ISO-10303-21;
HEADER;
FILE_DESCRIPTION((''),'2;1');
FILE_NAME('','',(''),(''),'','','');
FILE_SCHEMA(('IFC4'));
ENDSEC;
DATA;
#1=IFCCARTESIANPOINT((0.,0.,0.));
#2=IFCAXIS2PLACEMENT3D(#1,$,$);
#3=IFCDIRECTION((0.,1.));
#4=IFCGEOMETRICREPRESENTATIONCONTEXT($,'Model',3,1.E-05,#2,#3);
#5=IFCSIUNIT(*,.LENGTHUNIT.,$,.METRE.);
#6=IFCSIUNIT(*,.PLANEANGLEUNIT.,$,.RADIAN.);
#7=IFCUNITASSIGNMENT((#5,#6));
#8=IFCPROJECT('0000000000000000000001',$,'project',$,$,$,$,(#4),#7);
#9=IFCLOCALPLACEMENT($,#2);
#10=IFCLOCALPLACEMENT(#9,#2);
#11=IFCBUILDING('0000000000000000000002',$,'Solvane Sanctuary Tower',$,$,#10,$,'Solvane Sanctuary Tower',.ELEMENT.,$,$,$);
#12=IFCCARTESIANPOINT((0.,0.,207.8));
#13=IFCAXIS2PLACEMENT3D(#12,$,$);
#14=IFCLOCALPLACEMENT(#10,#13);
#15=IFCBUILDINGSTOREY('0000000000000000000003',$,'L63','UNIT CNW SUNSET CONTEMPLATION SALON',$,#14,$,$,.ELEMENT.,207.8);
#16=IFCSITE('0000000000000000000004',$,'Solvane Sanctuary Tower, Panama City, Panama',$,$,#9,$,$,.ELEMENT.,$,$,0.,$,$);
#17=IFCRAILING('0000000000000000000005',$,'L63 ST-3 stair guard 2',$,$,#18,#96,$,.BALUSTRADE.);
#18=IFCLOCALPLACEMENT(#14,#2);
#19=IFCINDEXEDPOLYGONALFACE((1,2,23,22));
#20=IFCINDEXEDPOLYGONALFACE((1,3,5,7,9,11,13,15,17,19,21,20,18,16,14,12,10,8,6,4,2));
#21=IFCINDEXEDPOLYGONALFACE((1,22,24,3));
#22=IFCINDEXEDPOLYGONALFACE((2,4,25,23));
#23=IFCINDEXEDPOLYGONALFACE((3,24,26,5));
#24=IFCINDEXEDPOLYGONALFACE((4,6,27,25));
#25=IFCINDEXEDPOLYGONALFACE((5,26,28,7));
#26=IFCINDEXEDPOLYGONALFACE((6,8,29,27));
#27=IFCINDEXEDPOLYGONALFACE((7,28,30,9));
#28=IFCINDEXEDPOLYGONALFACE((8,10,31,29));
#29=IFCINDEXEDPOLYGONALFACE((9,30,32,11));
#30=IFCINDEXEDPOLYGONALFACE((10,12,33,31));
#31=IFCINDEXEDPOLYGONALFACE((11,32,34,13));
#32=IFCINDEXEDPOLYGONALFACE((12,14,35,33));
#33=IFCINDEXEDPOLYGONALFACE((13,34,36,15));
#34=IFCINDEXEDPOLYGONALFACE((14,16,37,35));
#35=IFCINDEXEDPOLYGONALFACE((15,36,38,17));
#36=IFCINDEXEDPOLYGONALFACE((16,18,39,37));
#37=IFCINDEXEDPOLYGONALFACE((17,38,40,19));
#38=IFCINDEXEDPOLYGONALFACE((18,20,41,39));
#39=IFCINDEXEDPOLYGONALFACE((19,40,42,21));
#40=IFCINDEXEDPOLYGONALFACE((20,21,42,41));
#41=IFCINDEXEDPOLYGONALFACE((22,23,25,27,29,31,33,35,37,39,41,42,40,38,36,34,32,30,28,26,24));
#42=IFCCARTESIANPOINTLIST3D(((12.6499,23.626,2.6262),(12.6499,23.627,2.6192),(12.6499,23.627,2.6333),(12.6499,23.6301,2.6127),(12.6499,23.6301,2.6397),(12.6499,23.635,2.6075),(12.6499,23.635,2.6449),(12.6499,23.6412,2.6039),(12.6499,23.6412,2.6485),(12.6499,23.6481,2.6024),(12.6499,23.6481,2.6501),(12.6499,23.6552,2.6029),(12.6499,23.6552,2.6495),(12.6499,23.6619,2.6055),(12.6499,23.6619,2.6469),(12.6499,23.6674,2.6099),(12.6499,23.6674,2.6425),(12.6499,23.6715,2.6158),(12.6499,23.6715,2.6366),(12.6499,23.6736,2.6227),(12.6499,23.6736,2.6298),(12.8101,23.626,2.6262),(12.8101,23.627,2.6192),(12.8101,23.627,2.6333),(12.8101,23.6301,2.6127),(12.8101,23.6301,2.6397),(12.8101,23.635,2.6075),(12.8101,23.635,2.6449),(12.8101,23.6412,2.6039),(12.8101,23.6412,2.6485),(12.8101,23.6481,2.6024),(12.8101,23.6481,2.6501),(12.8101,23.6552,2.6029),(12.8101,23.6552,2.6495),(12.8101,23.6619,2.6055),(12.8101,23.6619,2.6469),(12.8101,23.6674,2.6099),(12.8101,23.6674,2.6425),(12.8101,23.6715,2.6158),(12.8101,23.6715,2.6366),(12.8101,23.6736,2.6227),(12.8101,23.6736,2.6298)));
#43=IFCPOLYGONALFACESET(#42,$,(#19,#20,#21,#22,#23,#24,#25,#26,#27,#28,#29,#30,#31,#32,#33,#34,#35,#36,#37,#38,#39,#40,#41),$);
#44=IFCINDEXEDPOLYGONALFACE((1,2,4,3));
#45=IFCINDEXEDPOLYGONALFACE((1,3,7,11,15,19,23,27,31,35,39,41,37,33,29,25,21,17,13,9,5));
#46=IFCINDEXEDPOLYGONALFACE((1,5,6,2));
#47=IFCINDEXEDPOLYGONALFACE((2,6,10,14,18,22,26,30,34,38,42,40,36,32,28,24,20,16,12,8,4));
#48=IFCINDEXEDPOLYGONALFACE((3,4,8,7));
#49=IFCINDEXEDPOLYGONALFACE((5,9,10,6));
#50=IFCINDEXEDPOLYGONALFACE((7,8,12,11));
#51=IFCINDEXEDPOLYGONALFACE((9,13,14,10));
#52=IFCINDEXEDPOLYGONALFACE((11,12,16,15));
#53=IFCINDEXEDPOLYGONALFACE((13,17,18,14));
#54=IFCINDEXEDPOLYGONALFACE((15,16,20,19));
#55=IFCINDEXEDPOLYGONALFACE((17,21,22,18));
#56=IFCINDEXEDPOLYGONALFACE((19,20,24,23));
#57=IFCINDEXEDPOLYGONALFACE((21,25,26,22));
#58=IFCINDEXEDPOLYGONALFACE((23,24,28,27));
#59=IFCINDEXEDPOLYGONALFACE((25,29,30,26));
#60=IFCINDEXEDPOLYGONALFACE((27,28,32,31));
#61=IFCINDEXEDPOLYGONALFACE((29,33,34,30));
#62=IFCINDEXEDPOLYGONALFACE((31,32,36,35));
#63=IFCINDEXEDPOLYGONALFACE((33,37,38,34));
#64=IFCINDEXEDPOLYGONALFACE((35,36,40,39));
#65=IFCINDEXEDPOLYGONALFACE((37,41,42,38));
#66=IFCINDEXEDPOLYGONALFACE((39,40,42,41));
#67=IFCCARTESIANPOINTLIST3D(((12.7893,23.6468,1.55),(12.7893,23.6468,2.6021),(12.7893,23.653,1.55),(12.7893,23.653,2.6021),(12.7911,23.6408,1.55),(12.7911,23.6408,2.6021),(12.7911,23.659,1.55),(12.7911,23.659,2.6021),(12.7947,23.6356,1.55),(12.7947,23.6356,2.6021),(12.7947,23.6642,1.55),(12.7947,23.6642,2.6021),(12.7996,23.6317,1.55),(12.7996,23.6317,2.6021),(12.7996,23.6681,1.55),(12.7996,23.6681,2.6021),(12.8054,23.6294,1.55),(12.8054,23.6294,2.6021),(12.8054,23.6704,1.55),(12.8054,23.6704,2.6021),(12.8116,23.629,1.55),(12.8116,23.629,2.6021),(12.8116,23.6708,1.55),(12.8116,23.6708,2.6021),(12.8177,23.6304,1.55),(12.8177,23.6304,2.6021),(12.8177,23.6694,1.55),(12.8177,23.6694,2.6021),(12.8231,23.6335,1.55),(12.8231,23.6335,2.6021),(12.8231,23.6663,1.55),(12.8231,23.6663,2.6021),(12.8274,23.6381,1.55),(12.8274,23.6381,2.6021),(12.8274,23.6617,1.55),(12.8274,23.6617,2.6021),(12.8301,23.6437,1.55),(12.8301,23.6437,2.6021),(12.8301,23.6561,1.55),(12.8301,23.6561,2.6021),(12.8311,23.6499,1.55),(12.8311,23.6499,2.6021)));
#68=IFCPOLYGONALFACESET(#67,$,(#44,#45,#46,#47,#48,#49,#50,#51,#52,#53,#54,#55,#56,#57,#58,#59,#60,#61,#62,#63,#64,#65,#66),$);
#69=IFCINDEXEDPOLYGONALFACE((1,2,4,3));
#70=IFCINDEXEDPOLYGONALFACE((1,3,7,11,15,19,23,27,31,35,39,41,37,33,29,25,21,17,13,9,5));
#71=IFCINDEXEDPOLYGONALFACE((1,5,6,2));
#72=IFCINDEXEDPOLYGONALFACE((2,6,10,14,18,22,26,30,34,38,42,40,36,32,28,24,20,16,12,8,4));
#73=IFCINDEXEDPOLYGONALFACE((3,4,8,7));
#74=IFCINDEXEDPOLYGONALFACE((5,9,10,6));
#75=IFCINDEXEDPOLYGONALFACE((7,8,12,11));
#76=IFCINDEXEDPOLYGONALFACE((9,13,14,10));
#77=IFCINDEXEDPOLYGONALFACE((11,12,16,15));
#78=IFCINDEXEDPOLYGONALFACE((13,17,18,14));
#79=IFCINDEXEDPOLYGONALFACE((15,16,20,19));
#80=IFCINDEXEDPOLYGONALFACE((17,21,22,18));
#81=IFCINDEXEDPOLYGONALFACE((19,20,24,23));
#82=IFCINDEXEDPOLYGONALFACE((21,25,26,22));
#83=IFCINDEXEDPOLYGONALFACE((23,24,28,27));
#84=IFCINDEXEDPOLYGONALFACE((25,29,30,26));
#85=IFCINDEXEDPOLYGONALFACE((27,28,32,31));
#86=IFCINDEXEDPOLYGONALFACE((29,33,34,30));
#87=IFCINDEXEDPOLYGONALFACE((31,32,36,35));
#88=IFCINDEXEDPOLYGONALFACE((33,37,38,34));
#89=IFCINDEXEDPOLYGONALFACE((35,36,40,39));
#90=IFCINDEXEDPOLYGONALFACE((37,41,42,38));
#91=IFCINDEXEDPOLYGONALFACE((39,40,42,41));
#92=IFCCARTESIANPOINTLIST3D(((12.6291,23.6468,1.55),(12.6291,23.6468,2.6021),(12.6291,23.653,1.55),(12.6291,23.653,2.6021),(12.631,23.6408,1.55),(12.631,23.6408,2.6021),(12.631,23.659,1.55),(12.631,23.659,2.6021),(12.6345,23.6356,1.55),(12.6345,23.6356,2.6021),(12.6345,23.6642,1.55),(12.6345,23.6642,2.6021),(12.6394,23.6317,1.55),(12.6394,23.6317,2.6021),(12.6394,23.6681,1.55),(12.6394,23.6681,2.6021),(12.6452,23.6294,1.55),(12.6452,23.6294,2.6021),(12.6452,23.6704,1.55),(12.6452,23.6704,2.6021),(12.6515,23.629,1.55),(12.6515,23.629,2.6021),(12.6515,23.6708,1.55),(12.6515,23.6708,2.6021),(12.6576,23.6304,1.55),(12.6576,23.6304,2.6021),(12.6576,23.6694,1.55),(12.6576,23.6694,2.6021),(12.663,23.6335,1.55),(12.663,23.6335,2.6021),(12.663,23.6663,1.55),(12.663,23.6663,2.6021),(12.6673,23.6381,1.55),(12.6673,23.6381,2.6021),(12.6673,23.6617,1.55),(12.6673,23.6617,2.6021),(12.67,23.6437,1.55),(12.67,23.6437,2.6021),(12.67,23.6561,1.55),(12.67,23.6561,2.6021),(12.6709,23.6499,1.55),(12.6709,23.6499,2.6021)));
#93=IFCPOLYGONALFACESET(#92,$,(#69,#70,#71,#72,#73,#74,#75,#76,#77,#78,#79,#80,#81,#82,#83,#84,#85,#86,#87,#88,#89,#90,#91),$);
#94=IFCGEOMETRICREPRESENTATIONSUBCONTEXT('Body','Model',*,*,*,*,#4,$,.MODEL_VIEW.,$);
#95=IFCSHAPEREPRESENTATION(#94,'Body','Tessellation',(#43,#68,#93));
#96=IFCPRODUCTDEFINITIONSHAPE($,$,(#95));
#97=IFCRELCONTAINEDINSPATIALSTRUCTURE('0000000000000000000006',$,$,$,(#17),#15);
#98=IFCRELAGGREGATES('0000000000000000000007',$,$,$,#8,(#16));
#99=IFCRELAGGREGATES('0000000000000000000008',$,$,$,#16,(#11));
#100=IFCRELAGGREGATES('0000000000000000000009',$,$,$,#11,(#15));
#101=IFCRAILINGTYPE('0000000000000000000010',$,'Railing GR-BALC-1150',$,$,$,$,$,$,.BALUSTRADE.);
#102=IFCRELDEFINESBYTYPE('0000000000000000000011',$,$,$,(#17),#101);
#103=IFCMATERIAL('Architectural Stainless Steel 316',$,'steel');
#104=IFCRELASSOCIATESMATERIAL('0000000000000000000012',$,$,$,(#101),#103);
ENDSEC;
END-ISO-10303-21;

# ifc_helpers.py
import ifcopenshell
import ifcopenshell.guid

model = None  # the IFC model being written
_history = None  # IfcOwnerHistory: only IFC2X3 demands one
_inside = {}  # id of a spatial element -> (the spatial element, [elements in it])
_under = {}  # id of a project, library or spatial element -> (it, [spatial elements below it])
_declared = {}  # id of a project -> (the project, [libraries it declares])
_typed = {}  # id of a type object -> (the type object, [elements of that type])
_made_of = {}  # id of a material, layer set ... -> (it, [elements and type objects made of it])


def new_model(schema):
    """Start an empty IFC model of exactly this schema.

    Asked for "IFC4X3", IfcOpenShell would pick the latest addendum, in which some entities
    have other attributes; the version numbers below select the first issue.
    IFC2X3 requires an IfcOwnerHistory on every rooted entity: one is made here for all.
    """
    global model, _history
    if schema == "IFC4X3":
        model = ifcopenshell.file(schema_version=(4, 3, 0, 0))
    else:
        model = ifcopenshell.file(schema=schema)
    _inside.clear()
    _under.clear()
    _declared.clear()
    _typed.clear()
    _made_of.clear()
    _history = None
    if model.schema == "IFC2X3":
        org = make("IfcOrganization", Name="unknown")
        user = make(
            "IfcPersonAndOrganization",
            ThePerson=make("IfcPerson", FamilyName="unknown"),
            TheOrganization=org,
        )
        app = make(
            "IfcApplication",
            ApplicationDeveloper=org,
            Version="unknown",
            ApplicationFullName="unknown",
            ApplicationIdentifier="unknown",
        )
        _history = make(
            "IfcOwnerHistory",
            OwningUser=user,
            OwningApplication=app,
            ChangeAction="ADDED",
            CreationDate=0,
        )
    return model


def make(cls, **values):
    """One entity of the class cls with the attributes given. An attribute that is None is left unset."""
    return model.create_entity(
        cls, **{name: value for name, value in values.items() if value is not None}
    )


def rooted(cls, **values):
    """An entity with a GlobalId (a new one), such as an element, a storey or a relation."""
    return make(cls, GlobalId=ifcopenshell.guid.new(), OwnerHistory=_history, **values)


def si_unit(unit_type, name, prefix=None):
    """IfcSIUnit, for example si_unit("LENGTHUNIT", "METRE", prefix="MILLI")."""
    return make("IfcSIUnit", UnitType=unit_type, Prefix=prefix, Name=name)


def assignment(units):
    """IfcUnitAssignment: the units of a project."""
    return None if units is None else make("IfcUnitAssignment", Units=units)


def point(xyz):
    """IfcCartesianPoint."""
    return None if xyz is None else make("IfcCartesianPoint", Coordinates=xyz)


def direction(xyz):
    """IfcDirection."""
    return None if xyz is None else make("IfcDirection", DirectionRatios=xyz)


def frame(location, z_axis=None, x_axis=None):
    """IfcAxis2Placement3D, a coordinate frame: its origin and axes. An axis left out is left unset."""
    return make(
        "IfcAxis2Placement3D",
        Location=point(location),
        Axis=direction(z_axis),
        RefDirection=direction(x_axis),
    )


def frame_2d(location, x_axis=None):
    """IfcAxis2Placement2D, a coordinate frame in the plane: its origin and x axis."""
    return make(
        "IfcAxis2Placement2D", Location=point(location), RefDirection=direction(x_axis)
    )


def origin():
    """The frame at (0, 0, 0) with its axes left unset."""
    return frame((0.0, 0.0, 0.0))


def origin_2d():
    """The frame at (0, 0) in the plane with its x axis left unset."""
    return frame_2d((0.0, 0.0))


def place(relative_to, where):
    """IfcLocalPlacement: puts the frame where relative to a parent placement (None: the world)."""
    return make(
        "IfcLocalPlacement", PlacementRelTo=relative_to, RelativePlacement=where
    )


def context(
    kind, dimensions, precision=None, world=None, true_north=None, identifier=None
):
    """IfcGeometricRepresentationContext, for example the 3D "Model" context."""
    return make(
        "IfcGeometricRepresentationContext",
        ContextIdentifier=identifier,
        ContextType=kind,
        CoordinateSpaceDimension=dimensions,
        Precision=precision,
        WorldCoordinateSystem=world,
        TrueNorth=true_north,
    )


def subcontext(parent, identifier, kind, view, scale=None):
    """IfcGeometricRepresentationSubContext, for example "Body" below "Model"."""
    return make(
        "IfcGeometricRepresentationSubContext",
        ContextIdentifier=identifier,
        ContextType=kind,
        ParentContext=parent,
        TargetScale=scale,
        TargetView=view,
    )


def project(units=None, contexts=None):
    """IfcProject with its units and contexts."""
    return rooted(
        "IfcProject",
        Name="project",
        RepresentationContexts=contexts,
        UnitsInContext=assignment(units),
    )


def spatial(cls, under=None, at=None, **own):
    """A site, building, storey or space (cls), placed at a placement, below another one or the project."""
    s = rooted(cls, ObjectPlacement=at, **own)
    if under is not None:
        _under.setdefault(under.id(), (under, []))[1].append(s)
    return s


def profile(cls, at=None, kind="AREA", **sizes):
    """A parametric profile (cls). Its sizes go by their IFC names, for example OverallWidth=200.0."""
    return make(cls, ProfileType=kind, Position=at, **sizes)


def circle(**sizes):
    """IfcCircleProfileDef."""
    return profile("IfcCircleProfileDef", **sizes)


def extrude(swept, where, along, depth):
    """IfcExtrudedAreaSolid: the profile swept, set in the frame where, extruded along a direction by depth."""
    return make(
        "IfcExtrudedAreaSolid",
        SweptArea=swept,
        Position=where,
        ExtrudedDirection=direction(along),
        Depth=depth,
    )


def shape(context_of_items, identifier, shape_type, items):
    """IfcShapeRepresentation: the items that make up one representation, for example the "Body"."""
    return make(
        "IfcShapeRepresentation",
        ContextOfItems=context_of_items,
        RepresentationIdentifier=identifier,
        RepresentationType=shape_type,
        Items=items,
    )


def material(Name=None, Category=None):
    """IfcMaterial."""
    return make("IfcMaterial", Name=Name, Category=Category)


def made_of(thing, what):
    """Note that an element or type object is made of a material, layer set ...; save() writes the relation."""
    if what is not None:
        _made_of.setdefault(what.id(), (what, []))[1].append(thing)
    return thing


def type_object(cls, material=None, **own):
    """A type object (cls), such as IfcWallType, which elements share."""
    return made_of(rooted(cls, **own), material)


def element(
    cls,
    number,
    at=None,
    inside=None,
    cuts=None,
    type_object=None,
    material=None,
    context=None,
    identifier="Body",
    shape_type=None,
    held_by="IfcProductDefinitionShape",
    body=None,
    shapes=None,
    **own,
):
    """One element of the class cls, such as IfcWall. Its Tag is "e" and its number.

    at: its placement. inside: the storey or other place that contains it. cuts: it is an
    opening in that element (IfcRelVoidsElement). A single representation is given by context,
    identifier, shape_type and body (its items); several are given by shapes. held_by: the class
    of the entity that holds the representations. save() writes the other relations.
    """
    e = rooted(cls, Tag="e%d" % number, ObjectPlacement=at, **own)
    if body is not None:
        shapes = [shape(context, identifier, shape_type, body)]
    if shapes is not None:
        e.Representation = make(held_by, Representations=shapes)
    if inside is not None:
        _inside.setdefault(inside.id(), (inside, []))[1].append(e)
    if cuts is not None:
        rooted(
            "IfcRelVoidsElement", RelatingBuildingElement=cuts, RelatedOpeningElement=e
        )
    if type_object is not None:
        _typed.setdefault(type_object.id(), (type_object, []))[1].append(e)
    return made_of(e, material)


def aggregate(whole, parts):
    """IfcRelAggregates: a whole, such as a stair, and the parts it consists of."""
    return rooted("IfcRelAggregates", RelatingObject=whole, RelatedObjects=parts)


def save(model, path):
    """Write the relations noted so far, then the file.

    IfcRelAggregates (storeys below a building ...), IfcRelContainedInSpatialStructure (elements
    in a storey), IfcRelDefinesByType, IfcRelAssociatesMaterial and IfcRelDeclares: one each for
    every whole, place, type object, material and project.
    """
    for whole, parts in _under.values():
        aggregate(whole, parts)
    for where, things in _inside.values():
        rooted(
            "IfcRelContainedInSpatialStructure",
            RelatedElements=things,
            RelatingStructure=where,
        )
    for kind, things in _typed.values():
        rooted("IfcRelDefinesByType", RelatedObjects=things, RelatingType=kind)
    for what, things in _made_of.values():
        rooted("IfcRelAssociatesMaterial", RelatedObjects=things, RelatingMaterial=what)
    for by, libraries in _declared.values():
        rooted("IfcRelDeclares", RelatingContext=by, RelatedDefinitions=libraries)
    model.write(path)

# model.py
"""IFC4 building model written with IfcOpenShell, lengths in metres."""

from ifc_helpers import new_model, si_unit, direction, frame, origin, origin_2d, place, context, subcontext, project, spatial, circle, extrude, material, type_object, element, save


model = new_model("IFC4")

# Units and contexts
model_context = context("Model", 3, precision=1e-05, world=origin(), true_north=direction((0.0, 1.0)))
body_context = subcontext(model_context, "Body", "Model", "MODEL_VIEW")
ifc_project = project(units=[si_unit("LENGTHUNIT", "METRE"), si_unit("PLANEANGLEUNIT", "RADIAN")], contexts=[model_context])

# Site, building, storey
site_placement = place(None, origin())
site = spatial("IfcSite", under=ifc_project, at=site_placement, Name="Solvane Sanctuary Tower, Panama City, Panama", CompositionType="ELEMENT", RefElevation=0.0)
building_placement = place(site_placement, origin())
building = spatial("IfcBuilding", under=site, at=building_placement, Name="Solvane Sanctuary Tower", LongName="Solvane Sanctuary Tower", CompositionType="ELEMENT")
storey_placement = place(building_placement, frame((0.0, 0.0, 207.8)))
storey = spatial("IfcBuildingStorey", under=building, at=storey_placement, Name="L63", Description="UNIT CNW SUNSET CONTEMPLATION SALON", CompositionType="ELEMENT", Elevation=207.8)

# Shared definitions
ifc_material_1 = material(Name="Architectural Stainless Steel 316", Category="steel")

# Railing
railing_type_1 = type_object("IfcRailingType", Name="Railing GR-BALC-1150", PredefinedType="BALUSTRADE", material=ifc_material_1)
railing_1_placement = place(storey_placement, frame((12.8101, 23.6499, 1.55)))
element("IfcRailing", 1, at=railing_1_placement, inside=storey, type_object=railing_type_1, Name="L63 ST-3 stair guard 2", PredefinedType="BALUSTRADE", context=body_context, shape_type="SweptSolid", body=[
    extrude(circle(Radius=0.0239, at=origin_2d()), frame((0.0, 0.0, 1.0762), z_axis=(-1.0, 0.0, 0.0), x_axis=(0.0, -1.0, 0.0)), (0.0, 0.0, 1.0), 0.1602),
    extrude(circle(Radius=0.021, at=origin_2d()), origin(), (0.0, 0.0, 1.0), 1.052),
    extrude(circle(Radius=0.021, at=origin_2d()), frame((-0.1602, 0.0, 0.0)), (0.0, 0.0, 1.0), 1.052),
])

save(model, "model.ifc")
